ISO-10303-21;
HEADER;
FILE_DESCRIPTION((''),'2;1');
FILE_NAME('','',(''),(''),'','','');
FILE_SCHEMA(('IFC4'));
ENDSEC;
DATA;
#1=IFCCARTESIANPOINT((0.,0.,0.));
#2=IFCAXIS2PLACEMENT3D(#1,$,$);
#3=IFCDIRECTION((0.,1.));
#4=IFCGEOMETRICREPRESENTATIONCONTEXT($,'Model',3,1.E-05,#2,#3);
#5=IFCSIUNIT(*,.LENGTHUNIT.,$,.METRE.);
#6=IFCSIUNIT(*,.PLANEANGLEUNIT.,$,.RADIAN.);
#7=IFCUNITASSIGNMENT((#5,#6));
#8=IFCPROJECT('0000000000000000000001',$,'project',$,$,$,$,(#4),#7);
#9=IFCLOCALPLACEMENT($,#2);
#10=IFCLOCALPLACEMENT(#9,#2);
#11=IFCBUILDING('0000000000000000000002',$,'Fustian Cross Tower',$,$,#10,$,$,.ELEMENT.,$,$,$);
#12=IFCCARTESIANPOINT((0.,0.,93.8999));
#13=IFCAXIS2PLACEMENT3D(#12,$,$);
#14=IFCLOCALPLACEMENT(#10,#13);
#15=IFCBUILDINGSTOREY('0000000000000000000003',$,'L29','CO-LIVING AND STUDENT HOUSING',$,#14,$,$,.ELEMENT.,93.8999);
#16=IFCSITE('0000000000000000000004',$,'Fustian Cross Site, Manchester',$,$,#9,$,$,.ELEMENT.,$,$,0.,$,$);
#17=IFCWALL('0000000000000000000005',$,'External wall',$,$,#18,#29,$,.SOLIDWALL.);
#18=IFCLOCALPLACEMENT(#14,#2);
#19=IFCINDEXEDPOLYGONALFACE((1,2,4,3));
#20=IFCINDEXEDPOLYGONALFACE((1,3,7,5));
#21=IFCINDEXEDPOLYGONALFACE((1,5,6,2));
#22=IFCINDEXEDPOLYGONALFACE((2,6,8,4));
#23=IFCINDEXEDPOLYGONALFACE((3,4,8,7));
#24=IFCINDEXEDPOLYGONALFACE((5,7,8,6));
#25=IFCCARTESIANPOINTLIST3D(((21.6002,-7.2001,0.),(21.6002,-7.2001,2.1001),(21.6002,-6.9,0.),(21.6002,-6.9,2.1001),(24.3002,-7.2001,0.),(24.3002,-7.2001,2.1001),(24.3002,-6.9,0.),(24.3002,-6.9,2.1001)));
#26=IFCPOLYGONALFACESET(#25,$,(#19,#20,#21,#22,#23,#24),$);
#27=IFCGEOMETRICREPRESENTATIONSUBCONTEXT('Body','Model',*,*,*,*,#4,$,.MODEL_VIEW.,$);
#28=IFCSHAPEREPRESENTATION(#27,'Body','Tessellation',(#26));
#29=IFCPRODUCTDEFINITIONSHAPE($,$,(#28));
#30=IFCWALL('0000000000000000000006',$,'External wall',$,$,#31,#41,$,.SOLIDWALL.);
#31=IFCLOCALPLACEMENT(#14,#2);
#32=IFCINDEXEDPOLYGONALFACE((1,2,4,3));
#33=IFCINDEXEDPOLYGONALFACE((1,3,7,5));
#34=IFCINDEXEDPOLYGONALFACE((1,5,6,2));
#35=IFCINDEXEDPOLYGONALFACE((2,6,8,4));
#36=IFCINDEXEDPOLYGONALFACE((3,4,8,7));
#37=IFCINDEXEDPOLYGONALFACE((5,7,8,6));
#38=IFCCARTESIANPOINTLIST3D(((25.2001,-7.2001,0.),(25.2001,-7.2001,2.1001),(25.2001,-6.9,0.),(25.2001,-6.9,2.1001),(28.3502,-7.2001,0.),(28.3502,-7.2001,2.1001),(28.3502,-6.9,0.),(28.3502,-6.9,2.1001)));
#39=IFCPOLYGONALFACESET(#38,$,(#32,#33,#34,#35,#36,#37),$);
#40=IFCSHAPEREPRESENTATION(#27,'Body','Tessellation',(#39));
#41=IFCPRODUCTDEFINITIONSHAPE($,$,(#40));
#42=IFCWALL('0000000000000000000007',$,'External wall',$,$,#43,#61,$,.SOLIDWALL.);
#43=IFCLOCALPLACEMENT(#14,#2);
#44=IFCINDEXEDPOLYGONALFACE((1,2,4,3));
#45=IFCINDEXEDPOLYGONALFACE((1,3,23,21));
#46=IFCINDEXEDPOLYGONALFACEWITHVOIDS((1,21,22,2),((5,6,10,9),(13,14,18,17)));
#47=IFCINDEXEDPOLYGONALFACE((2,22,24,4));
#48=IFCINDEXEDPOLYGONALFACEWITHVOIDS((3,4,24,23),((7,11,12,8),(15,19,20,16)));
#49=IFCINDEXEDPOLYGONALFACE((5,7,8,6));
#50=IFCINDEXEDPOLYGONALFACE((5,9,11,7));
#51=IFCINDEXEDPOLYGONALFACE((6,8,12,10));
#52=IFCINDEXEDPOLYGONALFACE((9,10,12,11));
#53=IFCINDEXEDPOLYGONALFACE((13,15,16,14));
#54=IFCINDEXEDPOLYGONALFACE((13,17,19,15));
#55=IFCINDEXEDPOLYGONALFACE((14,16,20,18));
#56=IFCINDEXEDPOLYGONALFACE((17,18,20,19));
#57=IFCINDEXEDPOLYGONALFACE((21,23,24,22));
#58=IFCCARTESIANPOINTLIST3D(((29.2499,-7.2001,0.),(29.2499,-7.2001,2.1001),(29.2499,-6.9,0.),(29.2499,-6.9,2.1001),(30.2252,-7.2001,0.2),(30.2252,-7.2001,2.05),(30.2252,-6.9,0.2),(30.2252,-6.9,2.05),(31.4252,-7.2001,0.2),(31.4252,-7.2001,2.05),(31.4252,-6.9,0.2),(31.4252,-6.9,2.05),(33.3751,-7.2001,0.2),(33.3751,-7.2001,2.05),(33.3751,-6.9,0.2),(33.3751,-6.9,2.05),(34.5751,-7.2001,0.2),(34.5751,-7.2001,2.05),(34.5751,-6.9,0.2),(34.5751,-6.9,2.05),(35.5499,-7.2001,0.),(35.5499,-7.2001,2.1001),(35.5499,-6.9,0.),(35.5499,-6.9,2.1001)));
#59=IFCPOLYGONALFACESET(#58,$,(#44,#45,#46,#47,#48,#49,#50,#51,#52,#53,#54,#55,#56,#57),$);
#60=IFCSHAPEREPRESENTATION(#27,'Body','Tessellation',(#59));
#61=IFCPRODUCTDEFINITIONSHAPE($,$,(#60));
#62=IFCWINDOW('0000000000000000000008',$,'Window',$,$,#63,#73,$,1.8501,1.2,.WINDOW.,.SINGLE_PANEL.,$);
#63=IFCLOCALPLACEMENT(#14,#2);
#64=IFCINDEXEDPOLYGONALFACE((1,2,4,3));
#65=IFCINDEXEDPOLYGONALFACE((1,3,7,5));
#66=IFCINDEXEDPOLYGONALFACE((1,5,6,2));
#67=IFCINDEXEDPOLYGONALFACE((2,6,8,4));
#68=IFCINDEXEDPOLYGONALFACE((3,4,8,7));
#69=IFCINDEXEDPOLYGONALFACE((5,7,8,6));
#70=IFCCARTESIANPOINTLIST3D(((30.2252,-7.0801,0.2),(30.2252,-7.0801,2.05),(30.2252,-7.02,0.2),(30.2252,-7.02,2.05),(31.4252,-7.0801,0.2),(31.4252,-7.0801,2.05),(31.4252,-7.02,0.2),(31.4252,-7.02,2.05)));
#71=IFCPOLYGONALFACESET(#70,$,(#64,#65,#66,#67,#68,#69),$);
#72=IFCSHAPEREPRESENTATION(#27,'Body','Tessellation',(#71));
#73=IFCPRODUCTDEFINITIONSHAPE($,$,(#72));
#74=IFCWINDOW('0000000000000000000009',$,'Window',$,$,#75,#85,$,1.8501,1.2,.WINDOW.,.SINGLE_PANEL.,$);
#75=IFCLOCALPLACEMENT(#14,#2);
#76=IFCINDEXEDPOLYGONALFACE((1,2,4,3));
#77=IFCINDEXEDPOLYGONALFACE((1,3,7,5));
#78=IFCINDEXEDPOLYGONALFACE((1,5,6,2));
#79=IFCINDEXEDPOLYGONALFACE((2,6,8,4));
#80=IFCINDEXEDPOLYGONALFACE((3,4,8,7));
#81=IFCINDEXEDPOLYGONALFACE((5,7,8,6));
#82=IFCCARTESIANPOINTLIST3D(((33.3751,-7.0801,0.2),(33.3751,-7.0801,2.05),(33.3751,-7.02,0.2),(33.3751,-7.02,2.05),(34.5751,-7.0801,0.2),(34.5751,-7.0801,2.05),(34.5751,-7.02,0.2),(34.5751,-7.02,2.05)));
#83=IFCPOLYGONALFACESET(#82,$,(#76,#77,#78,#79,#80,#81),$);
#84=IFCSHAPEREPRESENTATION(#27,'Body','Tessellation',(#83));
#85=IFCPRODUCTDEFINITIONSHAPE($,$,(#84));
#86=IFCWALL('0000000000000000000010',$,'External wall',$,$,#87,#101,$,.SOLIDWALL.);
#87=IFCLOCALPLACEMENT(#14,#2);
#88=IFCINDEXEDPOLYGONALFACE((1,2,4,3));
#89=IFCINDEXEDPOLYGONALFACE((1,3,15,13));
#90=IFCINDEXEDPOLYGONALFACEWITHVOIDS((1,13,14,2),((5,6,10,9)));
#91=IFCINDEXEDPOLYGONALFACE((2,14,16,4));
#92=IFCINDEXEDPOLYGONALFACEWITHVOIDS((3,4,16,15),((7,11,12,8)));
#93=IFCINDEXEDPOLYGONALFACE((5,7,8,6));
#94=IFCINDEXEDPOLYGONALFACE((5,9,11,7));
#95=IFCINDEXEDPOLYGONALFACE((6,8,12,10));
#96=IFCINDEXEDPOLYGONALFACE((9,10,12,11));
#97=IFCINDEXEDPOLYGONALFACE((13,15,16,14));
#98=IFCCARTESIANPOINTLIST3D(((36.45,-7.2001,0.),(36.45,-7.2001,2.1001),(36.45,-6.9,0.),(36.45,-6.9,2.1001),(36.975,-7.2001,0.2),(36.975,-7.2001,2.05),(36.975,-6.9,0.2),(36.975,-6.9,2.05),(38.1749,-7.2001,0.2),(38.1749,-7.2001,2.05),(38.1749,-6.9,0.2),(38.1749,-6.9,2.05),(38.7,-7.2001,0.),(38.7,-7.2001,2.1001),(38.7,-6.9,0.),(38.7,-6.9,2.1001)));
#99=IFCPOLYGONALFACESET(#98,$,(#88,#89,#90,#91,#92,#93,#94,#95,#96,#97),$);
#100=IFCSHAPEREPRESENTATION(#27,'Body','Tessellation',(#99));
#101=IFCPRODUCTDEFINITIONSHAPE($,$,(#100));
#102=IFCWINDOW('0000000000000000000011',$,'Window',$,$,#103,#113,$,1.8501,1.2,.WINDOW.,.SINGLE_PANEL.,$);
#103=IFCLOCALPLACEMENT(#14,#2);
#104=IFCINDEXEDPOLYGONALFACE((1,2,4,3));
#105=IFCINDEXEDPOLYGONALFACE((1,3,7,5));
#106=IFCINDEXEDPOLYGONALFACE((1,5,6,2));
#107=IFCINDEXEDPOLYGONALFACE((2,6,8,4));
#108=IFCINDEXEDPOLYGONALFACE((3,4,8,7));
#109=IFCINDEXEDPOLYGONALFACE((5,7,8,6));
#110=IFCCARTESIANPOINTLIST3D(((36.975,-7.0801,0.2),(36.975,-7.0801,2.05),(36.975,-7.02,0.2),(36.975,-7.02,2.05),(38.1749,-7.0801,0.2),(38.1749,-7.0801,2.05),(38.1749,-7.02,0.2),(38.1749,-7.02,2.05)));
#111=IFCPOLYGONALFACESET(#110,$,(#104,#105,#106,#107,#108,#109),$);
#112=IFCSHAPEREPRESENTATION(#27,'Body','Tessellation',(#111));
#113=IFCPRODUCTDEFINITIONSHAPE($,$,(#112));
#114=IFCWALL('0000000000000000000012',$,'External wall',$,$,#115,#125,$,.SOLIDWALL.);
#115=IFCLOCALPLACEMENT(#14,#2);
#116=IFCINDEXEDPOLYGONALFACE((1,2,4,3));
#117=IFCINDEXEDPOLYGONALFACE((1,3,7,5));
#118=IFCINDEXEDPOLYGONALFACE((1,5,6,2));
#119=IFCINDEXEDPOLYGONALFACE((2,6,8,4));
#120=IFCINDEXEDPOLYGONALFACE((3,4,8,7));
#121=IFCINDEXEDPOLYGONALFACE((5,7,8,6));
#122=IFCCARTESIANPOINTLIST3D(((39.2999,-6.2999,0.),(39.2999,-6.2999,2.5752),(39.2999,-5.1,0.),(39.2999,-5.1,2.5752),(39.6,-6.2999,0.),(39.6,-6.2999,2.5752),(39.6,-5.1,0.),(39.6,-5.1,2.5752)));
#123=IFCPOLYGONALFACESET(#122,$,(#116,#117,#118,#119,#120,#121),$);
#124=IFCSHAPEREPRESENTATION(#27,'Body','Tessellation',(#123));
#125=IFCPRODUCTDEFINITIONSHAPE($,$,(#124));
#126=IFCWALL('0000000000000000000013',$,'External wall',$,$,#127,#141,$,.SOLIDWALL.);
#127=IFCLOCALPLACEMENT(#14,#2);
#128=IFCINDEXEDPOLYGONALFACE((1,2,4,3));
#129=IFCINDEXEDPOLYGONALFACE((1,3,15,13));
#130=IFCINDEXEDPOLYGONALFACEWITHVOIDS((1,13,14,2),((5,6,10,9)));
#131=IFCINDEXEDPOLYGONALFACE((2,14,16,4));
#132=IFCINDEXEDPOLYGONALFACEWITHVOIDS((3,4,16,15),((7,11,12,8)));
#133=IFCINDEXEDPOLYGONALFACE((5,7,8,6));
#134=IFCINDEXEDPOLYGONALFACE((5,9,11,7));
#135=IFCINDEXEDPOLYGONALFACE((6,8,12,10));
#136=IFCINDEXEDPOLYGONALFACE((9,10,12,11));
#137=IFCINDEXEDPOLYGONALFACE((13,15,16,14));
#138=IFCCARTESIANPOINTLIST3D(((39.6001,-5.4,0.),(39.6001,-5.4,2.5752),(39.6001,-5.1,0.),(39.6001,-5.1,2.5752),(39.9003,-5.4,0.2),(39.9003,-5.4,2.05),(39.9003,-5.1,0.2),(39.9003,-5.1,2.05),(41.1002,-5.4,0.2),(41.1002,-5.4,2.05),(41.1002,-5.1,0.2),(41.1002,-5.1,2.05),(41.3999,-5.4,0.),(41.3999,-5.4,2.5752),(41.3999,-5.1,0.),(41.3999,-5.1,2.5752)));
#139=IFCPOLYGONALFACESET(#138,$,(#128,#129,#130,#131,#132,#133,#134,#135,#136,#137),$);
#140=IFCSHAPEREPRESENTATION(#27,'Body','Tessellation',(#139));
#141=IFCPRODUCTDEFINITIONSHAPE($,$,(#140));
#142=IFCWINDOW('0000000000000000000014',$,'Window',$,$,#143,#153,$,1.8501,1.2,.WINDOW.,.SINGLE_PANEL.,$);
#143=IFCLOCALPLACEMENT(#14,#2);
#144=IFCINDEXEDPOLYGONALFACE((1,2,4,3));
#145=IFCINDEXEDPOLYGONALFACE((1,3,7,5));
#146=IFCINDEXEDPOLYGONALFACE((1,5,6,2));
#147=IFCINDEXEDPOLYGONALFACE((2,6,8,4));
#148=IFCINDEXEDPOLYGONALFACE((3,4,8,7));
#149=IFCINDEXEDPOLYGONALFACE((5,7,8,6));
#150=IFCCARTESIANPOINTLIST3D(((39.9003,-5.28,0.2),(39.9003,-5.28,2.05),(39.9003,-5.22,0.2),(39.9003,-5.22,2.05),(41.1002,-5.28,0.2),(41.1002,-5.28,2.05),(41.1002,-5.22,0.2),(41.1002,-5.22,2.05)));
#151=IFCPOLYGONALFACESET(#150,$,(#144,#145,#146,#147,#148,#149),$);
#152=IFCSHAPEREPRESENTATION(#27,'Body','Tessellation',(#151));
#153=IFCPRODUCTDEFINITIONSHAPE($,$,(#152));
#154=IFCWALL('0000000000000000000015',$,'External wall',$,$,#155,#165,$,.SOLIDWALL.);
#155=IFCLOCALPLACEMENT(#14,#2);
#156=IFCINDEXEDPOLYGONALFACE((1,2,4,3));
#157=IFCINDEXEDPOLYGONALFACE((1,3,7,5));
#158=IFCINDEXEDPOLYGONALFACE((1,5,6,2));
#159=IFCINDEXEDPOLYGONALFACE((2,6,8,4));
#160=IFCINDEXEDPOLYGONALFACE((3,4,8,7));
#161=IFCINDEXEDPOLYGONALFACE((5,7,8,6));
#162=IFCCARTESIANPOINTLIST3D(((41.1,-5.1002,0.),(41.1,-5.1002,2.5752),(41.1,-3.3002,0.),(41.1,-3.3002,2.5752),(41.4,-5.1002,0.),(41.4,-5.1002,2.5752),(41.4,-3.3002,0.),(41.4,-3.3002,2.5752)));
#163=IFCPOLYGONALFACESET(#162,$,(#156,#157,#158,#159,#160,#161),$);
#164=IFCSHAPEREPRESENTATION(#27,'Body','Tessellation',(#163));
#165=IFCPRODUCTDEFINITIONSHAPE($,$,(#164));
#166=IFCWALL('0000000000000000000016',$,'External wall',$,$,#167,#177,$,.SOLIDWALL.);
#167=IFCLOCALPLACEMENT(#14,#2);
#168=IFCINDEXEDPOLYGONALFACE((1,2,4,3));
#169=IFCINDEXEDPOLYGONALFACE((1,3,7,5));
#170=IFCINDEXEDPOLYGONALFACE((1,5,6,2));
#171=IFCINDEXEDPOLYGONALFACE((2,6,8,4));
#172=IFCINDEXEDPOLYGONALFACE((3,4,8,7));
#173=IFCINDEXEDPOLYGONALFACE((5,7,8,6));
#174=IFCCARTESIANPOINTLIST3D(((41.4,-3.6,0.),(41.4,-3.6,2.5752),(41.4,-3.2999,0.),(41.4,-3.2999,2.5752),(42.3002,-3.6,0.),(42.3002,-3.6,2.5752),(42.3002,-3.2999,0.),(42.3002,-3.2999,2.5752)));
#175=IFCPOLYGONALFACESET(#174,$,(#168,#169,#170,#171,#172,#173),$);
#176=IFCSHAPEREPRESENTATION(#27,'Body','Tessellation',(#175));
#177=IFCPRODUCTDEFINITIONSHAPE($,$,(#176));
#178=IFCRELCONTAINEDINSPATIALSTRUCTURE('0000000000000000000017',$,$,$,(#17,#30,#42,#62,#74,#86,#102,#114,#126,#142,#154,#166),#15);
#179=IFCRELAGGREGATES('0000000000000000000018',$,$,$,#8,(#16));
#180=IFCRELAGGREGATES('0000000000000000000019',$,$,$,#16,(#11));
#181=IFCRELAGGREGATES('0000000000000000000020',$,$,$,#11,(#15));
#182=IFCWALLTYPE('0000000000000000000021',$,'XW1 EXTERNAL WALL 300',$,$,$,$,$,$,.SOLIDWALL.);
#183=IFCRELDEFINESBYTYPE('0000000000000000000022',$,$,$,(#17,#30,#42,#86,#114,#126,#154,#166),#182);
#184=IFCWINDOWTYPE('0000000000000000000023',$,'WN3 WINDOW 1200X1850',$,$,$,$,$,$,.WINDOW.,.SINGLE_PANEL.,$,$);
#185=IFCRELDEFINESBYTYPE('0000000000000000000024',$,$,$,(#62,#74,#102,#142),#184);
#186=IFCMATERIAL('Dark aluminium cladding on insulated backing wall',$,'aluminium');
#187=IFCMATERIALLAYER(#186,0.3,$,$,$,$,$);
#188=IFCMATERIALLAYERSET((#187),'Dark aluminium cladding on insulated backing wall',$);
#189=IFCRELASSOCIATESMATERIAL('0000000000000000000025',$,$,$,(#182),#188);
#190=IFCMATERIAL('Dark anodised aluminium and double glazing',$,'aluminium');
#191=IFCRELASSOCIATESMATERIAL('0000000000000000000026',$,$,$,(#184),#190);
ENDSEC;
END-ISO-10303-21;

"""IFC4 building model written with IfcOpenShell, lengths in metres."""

from ifc_helpers import new_model, si_unit, direction, frame, frame_2d, origin, place, context, subcontext, project, spatial, rectangle, extrude, material, layer, layer_set, type_object, element, fill, save


model = new_model("IFC4")

# Units and contexts
model_context = context("Model", 3, precision=1e-05, world=origin(), true_north=direction((0.0, 1.0)))
body_context = subcontext(model_context, "Body", "Model", "MODEL_VIEW")
ifc_project = project(units=[si_unit("LENGTHUNIT", "METRE"), si_unit("PLANEANGLEUNIT", "RADIAN")], contexts=[model_context])

# Site, building, storey
site_placement = place(None, origin())
site = spatial("IfcSite", under=ifc_project, at=site_placement, Name="Fustian Cross Site, Manchester", CompositionType="ELEMENT", RefElevation=0.0)
building_placement = place(site_placement, origin())
building = spatial("IfcBuilding", under=site, at=building_placement, Name="Fustian Cross Tower", CompositionType="ELEMENT")
storey_placement = place(building_placement, frame((0.0, 0.0, 93.8999)))
storey = spatial("IfcBuildingStorey", under=building, at=storey_placement, Name="L29", Description="CO-LIVING AND STUDENT HOUSING", CompositionType="ELEMENT", Elevation=93.8999)

# Walls
ifc_material_1 = material(Name="Dark aluminium cladding on insulated backing wall", Category="aluminium")
ifc_layer_1 = layer(ifc_material_1, 0.3)
ifc_layer_set_1 = layer_set([ifc_layer_1], Name="Dark aluminium cladding on insulated backing wall")
wall_type_1 = type_object("IfcWallType", Name="XW1 EXTERNAL WALL 300", PredefinedType="SOLIDWALL", material=ifc_layer_set_1)
wall_1_placement = place(storey_placement, frame((21.6001, -7.05, 0.0), z_axis=(0.0, 0.0, 1.0), x_axis=(1.0, 0.0, 0.0)))
element("IfcWall", 1, at=wall_1_placement, inside=storey, type_object=wall_type_1, Name="External wall", PredefinedType="SOLIDWALL", context=body_context, shape_type="SweptSolid", body=[
    extrude(rectangle(XDim=2.7, YDim=0.3, at=frame_2d((1.3501, 0.0))), origin(), (0.0, 0.0, 1.0), 2.1001),
])
wall_2_placement = place(storey_placement, frame((25.2, -7.05, 0.0), z_axis=(0.0, 0.0, 1.0), x_axis=(1.0, 0.0, 0.0)))
element("IfcWall", 2, at=wall_2_placement, inside=storey, type_object=wall_type_1, Name="External wall", PredefinedType="SOLIDWALL", context=body_context, shape_type="SweptSolid", body=[
    extrude(rectangle(XDim=3.1501, YDim=0.3, at=frame_2d((1.5752, 0.0))), origin(), (0.0, 0.0, 1.0), 2.1001),
])

# Wall, openings, windows
wall_3_placement = place(storey_placement, frame((29.25, -7.05, 0.0), z_axis=(0.0, 0.0, 1.0), x_axis=(1.0, 0.0, 0.0)))
wall_3 = element("IfcWall", 3, at=wall_3_placement, inside=storey, type_object=wall_type_1, Name="External wall", PredefinedType="SOLIDWALL", context=body_context, shape_type="SweptSolid", body=[
    extrude(rectangle(XDim=6.3, YDim=0.3, at=frame_2d((3.1499, 0.0))), origin(), (0.0, 0.0, 1.0), 2.1001),
])
opening_1_placement = place(wall_3_placement, frame((0.9751, 0.0, 0.2)))
opening_1 = element("IfcOpeningElement", 4, at=opening_1_placement, cuts=wall_3, PredefinedType="OPENING", context=body_context, shape_type="SweptSolid", body=[
    extrude(rectangle(XDim=1.2, YDim=1.8501, at=frame_2d((0.6001, 0.925))), frame((0.0, 0.1599, 0.0), z_axis=(0.0, -1.0, 0.0), x_axis=(1.0, 0.0, 0.0)), (0.0, 0.0, 1.0), 0.3201),
])
opening_2_placement = place(wall_3_placement, frame((4.125, 0.0, 0.2)))
opening_2 = element("IfcOpeningElement", 5, at=opening_2_placement, cuts=wall_3, PredefinedType="OPENING", context=body_context, shape_type="SweptSolid", body=[
    extrude(rectangle(XDim=1.2, YDim=1.8501, at=frame_2d((0.6001, 0.925))), frame((0.0, 0.1599, 0.0), z_axis=(0.0, -1.0, 0.0), x_axis=(1.0, 0.0, 0.0)), (0.0, 0.0, 1.0), 0.3201),
])
ifc_material_2 = material(Name="Dark anodised aluminium and double glazing", Category="aluminium")
window_type = type_object("IfcWindowType", Name="WN3 WINDOW 1200X1850", PartitioningType="SINGLE_PANEL", PredefinedType="WINDOW", material=ifc_material_2)
window_1_placement = place(opening_1_placement, origin())
window_1 = element("IfcWindow", 6, at=window_1_placement, inside=storey, type_object=window_type, Name="Window", OverallHeight=1.8501, OverallWidth=1.2, PartitioningType="SINGLE_PANEL", PredefinedType="WINDOW", context=body_context, shape_type="SweptSolid", body=[
    extrude(rectangle(XDim=1.2, YDim=1.8501, at=frame_2d((0.6001, 0.925))), frame((0.0, 0.03, 0.0), z_axis=(0.0, -1.0, 0.0), x_axis=(1.0, 0.0, 0.0)), (0.0, 0.0, 1.0), 0.0601),
])
fill(opening_1, window_1)
window_2_placement = place(opening_2_placement, origin())
window_2 = element("IfcWindow", 7, at=window_2_placement, inside=storey, type_object=window_type, Name="Window", OverallHeight=1.8501, OverallWidth=1.2, PartitioningType="SINGLE_PANEL", PredefinedType="WINDOW", context=body_context, shape_type="SweptSolid", body=[
    extrude(rectangle(XDim=1.2, YDim=1.8501, at=frame_2d((0.6001, 0.925))), frame((0.0, 0.03, 0.0), z_axis=(0.0, -1.0, 0.0), x_axis=(1.0, 0.0, 0.0)), (0.0, 0.0, 1.0), 0.0601),
])
fill(opening_2, window_2)

# Wall, opening, window
wall_4_placement = place(storey_placement, frame((36.45, -7.05, 0.0), z_axis=(0.0, 0.0, 1.0), x_axis=(1.0, 0.0, 0.0)))
wall_4 = element("IfcWall", 8, at=wall_4_placement, inside=storey, type_object=wall_type_1, Name="External wall", PredefinedType="SOLIDWALL", context=body_context, shape_type="SweptSolid", body=[
    extrude(rectangle(XDim=2.25, YDim=0.3, at=frame_2d((1.125, 0.0))), origin(), (0.0, 0.0, 1.0), 2.1001),
])
opening_3_placement = place(wall_4_placement, frame((0.5249, 0.0, 0.2)))
opening_3 = element("IfcOpeningElement", 9, at=opening_3_placement, cuts=wall_4, PredefinedType="OPENING", context=body_context, shape_type="SweptSolid", body=[
    extrude(rectangle(XDim=1.2, YDim=1.8501, at=frame_2d((0.6001, 0.925))), frame((0.0, 0.1599, 0.0), z_axis=(0.0, -1.0, 0.0), x_axis=(1.0, 0.0, 0.0)), (0.0, 0.0, 1.0), 0.3201),
])
window_3_placement = place(opening_3_placement, origin())
window_3 = element("IfcWindow", 10, at=window_3_placement, inside=storey, type_object=window_type, Name="Window", OverallHeight=1.8501, OverallWidth=1.2, PartitioningType="SINGLE_PANEL", PredefinedType="WINDOW", context=body_context, shape_type="SweptSolid", body=[
    extrude(rectangle(XDim=1.2, YDim=1.8501, at=frame_2d((0.6001, 0.925))), frame((0.0, 0.03, 0.0), z_axis=(0.0, -1.0, 0.0), x_axis=(1.0, 0.0, 0.0)), (0.0, 0.0, 1.0), 0.0601),
])
fill(opening_3, window_3)

# Wall
wall_5_placement = place(storey_placement, frame((39.45, -6.3, 0.0), z_axis=(0.0, 0.0, 1.0), x_axis=(0.0, 1.0, 0.0)))
element("IfcWall", 11, at=wall_5_placement, inside=storey, type_object=wall_type_1, Name="External wall", PredefinedType="SOLIDWALL", context=body_context, shape_type="SweptSolid", body=[
    extrude(rectangle(XDim=1.2, YDim=0.3, at=frame_2d((0.6001, 0.0))), origin(), (0.0, 0.0, 1.0), 2.5752),
])

# Wall, opening, window
wall_6_placement = place(storey_placement, frame((39.6001, -5.25, 0.0), z_axis=(0.0, 0.0, 1.0), x_axis=(1.0, 0.0, 0.0)))
wall_6 = element("IfcWall", 12, at=wall_6_placement, inside=storey, type_object=wall_type_1, Name="External wall", PredefinedType="SOLIDWALL", context=body_context, shape_type="SweptSolid", body=[
    extrude(rectangle(XDim=1.7998, YDim=0.3, at=frame_2d((0.8999, 0.0))), origin(), (0.0, 0.0, 1.0), 2.5752),
])
opening_4_placement = place(wall_6_placement, frame((0.3, 0.0, 0.2)))
opening_4 = element("IfcOpeningElement", 13, at=opening_4_placement, cuts=wall_6, PredefinedType="OPENING", context=body_context, shape_type="SweptSolid", body=[
    extrude(rectangle(XDim=1.2, YDim=1.8501, at=frame_2d((0.6001, 0.925))), frame((0.0, 0.1599, 0.0), z_axis=(0.0, -1.0, 0.0), x_axis=(1.0, 0.0, 0.0)), (0.0, 0.0, 1.0), 0.3201),
])
window_4_placement = place(opening_4_placement, origin())
window_4 = element("IfcWindow", 14, at=window_4_placement, inside=storey, type_object=window_type, Name="Window", OverallHeight=1.8501, OverallWidth=1.2, PartitioningType="SINGLE_PANEL", PredefinedType="WINDOW", context=body_context, shape_type="SweptSolid", body=[
    extrude(rectangle(XDim=1.2, YDim=1.8501, at=frame_2d((0.6001, 0.925))), frame((0.0, 0.03, 0.0), z_axis=(0.0, -1.0, 0.0), x_axis=(1.0, 0.0, 0.0)), (0.0, 0.0, 1.0), 0.0601),
])
fill(opening_4, window_4)

# Walls
wall_7_placement = place(storey_placement, frame((41.25, -5.1001, 0.0), z_axis=(0.0, 0.0, 1.0), x_axis=(0.0, 1.0, 0.0)))
element("IfcWall", 15, at=wall_7_placement, inside=storey, type_object=wall_type_1, Name="External wall", PredefinedType="SOLIDWALL", context=body_context, shape_type="SweptSolid", body=[
    extrude(rectangle(XDim=1.8, YDim=0.3, at=frame_2d((0.8999, 0.0))), origin(), (0.0, 0.0, 1.0), 2.5752),
])
wall_8_placement = place(storey_placement, frame((41.3999, -3.45, 0.0), z_axis=(0.0, 0.0, 1.0), x_axis=(1.0, 0.0, 0.0)))
element("IfcWall", 16, at=wall_8_placement, inside=storey, type_object=wall_type_1, Name="External wall", PredefinedType="SOLIDWALL", context=body_context, shape_type="SweptSolid", body=[
    extrude(rectangle(XDim=0.9001, YDim=0.3, at=frame_2d((0.4502, 0.0))), origin(), (0.0, 0.0, 1.0), 2.5752),
])

save(model, "model.ifc")
